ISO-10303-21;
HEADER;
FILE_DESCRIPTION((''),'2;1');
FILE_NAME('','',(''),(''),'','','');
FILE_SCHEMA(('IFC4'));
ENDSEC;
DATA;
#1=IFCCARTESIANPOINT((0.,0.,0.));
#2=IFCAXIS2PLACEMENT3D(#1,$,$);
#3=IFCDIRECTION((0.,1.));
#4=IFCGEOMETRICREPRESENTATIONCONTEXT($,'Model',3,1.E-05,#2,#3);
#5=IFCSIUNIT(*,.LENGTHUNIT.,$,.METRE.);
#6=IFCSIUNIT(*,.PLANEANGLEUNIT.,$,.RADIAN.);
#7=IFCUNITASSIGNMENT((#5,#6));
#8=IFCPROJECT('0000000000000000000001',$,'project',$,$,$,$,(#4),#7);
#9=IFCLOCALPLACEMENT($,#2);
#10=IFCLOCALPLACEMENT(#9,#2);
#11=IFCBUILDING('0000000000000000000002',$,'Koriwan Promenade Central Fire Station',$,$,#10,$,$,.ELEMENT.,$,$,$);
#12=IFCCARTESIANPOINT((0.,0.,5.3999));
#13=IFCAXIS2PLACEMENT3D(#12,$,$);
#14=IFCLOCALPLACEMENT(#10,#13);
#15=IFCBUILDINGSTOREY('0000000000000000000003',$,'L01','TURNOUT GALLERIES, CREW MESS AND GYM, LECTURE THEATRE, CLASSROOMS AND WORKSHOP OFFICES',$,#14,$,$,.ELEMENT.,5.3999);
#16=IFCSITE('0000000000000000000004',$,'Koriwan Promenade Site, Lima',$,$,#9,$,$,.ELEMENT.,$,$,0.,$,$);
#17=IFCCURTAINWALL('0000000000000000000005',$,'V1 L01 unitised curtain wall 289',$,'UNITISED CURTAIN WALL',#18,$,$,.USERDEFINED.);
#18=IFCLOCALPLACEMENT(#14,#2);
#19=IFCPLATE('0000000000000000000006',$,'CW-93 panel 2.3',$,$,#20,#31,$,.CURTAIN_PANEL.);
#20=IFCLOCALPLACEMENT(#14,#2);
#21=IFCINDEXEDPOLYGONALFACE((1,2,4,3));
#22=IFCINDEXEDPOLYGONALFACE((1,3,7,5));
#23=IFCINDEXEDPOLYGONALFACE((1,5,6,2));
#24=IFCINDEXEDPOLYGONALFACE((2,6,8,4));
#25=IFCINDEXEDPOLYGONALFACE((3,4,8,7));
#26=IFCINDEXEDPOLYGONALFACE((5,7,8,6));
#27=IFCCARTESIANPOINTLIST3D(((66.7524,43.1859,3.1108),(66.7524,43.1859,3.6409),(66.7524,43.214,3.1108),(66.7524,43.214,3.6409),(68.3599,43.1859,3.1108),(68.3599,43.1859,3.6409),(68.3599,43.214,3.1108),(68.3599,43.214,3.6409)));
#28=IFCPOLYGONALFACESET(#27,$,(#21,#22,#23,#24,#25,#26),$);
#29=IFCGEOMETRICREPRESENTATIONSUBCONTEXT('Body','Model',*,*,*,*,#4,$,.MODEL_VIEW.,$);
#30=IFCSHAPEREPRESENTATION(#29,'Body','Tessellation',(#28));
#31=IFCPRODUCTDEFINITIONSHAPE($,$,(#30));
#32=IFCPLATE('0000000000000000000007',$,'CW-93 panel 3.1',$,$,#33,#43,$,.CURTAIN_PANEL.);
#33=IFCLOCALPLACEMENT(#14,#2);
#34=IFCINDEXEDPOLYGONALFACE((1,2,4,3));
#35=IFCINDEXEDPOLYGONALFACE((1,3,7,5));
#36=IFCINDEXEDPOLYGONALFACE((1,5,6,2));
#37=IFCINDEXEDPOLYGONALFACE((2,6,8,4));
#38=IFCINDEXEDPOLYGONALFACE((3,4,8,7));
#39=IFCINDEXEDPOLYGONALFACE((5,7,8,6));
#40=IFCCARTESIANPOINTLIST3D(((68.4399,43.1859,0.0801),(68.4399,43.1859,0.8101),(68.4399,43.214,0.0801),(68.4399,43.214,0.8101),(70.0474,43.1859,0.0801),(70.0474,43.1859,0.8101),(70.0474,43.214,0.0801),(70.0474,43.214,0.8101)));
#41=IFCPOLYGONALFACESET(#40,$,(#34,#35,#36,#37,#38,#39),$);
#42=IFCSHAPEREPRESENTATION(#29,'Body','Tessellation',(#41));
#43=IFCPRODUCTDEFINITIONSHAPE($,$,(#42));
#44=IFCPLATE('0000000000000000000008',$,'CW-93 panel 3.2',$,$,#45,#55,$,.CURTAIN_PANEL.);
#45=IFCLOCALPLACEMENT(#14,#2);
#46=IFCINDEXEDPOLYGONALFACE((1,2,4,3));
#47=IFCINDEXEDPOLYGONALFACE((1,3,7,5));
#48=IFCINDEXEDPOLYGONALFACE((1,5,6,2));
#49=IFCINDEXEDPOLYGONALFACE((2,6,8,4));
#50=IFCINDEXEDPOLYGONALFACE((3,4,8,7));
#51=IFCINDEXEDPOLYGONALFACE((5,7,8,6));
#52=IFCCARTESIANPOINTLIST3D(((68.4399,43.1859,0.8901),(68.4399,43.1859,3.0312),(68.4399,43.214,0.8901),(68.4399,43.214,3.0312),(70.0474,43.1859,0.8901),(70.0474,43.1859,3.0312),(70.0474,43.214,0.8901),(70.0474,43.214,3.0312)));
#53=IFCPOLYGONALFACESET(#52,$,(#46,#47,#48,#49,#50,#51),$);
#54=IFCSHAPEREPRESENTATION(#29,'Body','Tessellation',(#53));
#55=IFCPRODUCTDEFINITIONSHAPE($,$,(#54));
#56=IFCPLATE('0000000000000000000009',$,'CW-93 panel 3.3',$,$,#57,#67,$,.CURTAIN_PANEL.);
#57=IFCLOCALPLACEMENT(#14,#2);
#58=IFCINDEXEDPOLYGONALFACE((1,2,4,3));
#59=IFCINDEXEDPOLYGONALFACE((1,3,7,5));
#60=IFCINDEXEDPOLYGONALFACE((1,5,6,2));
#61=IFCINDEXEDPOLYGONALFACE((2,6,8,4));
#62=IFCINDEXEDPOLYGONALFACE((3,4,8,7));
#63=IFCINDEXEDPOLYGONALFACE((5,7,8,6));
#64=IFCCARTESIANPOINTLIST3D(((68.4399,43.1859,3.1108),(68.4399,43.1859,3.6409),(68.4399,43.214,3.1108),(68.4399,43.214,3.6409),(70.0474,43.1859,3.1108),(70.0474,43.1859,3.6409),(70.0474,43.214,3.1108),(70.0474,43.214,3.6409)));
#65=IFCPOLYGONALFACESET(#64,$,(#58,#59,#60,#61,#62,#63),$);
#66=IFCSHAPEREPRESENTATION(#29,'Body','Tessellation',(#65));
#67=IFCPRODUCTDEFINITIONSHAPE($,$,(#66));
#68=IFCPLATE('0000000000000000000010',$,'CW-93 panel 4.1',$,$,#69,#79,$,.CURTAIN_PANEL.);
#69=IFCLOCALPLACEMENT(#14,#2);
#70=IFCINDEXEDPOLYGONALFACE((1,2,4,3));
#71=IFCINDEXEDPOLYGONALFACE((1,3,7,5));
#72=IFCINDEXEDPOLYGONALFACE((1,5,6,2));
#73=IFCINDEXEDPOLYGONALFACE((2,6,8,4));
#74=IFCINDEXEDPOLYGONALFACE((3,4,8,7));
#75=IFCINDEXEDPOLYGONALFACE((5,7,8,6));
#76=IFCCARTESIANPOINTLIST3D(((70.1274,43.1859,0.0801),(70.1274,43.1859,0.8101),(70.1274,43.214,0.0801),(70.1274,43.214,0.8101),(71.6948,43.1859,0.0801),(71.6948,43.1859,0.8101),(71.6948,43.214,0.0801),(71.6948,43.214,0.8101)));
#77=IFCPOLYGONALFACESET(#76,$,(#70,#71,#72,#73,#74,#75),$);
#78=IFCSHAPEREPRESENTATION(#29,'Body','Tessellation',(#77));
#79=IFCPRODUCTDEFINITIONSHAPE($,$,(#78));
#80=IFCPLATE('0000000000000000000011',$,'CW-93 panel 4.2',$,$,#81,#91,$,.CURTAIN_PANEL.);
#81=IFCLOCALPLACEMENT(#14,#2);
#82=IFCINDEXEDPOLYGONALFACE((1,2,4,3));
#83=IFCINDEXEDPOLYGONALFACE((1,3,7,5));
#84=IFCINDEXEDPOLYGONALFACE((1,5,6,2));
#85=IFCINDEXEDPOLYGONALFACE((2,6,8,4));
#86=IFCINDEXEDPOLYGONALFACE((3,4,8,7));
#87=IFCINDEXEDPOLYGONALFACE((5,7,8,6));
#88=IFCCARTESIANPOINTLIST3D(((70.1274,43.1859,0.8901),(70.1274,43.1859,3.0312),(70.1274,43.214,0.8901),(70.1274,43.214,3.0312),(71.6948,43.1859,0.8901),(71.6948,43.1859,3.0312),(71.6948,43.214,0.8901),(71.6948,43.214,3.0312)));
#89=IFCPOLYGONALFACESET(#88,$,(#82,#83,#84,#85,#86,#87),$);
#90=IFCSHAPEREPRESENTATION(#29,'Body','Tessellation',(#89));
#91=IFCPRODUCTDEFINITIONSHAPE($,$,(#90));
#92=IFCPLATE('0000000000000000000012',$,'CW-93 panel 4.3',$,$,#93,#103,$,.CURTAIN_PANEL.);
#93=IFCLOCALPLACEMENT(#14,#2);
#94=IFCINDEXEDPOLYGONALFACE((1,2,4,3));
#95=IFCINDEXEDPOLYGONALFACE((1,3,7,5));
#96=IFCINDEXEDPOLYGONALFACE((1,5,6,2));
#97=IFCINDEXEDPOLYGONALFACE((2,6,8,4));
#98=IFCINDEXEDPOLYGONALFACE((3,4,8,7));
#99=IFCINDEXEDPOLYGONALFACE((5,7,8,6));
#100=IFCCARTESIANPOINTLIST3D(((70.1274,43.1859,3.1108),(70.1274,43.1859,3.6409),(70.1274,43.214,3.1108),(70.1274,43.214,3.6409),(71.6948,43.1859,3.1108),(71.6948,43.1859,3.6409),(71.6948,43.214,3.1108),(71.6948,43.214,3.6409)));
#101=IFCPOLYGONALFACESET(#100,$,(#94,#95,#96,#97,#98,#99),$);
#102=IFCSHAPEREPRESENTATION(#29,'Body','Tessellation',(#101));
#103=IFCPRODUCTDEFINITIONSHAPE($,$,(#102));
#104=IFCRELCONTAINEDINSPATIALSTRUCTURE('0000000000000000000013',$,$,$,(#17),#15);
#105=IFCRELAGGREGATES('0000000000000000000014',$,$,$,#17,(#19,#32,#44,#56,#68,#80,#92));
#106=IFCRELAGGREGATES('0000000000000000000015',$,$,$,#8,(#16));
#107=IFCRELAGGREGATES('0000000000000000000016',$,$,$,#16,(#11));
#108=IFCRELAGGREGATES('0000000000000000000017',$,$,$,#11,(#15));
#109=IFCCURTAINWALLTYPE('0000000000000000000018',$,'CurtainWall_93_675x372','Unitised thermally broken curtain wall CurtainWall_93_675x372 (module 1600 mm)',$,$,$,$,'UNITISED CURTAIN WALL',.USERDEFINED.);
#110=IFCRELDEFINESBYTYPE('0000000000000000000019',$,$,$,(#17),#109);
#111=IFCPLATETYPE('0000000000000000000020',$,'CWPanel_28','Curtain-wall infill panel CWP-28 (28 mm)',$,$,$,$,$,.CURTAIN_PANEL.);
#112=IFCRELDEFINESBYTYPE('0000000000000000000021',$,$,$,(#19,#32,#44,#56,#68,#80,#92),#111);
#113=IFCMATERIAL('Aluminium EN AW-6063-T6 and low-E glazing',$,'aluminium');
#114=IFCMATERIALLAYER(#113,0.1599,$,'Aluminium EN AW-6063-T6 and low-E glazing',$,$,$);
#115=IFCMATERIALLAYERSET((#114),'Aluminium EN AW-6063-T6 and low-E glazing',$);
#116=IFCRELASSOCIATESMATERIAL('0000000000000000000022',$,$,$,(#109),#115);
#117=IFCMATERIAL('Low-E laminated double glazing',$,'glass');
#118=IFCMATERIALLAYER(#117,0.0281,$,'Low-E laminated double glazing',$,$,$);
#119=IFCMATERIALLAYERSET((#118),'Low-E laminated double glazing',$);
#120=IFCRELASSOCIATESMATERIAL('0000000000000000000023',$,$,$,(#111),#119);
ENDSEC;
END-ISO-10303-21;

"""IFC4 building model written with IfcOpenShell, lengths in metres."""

from ifc_helpers import new_model, si_unit, direction, frame, origin, origin_2d, place, context, subcontext, project, spatial, rectangle, extrude, material, layer, layer_set, type_object, element, aggregate, save


model = new_model("IFC4")

# Units and contexts
model_context = context("Model", 3, precision=1e-05, world=origin(), true_north=direction((0.0, 1.0)))
body_context = subcontext(model_context, "Body", "Model", "MODEL_VIEW")
ifc_project = project(units=[si_unit("LENGTHUNIT", "METRE"), si_unit("PLANEANGLEUNIT", "RADIAN")], contexts=[model_context])

# Site, building, storey
site_placement = place(None, origin())
site = spatial("IfcSite", under=ifc_project, at=site_placement, Name="Koriwan Promenade Site, Lima", CompositionType="ELEMENT", RefElevation=0.0)
building_placement = place(site_placement, origin())
building = spatial("IfcBuilding", under=site, at=building_placement, Name="Koriwan Promenade Central Fire Station", CompositionType="ELEMENT")
storey_placement = place(building_placement, frame((0.0, 0.0, 5.3999)))
storey = spatial("IfcBuildingStorey", under=building, at=storey_placement, Name="L01", Description="TURNOUT GALLERIES, CREW MESS AND GYM, LECTURE THEATRE, CLASSROOMS AND WORKSHOP OFFICES", CompositionType="ELEMENT", Elevation=5.3999)

# Curtain wall
ifc_material_1 = material(Name="Aluminium EN AW-6063-T6 and low-E glazing", Category="aluminium")
ifc_layer_1 = layer(ifc_material_1, 0.1599, Name="Aluminium EN AW-6063-T6 and low-E glazing")
ifc_layer_set_1 = layer_set([ifc_layer_1], Name="Aluminium EN AW-6063-T6 and low-E glazing")
curtain_wall_type = type_object("IfcCurtainWallType", Name="CurtainWall_93_675x372", Description="Unitised thermally broken curtain wall CurtainWall_93_675x372 (module 1600 mm)", ElementType="UNITISED CURTAIN WALL", PredefinedType="USERDEFINED", material=ifc_layer_set_1)
curtain_wall_placement = place(storey_placement, origin())
curtain_wall = element("IfcCurtainWall", 1, at=curtain_wall_placement, inside=storey, type_object=curtain_wall_type, Name="V1 L01 unitised curtain wall 289", ObjectType="UNITISED CURTAIN WALL", PredefinedType="USERDEFINED")

# Plates
ifc_material_2 = material(Name="Low-E laminated double glazing", Category="glass")
ifc_layer_2 = layer(ifc_material_2, 0.0281, Name="Low-E laminated double glazing")
ifc_layer_set_2 = layer_set([ifc_layer_2], Name="Low-E laminated double glazing")
plate_type = type_object("IfcPlateType", Name="CWPanel_28", Description="Curtain-wall infill panel CWP-28 (28 mm)", PredefinedType="CURTAIN_PANEL", material=ifc_layer_set_2)
plate_1_placement = place(storey_placement, frame((67.5562, 43.2, 3.1108), z_axis=(0.0, 0.0, 1.0), x_axis=(1.0, 0.0, 0.0)))
plate_1 = element("IfcPlate", 2, at=plate_1_placement, type_object=plate_type, Name="CW-93 panel 2.3", PredefinedType="CURTAIN_PANEL", context=body_context, shape_type="SweptSolid", body=[
    extrude(rectangle(XDim=1.6074, YDim=0.0281, at=origin_2d()), origin(), (0.0, 0.0, 1.0), 0.53),
])
plate_2_placement = place(storey_placement, frame((69.2437, 43.2, 0.0801), z_axis=(0.0, 0.0, 1.0), x_axis=(1.0, 0.0, 0.0)))
plate_2 = element("IfcPlate", 3, at=plate_2_placement, type_object=plate_type, Name="CW-93 panel 3.1", PredefinedType="CURTAIN_PANEL", context=body_context, shape_type="SweptSolid", body=[
    extrude(rectangle(XDim=1.6074, YDim=0.0281, at=origin_2d()), origin(), (0.0, 0.0, 1.0), 0.73),
])
plate_3_placement = place(storey_placement, frame((69.2437, 43.2, 0.8901), z_axis=(0.0, 0.0, 1.0), x_axis=(1.0, 0.0, 0.0)))
plate_3 = element("IfcPlate", 4, at=plate_3_placement, type_object=plate_type, Name="CW-93 panel 3.2", PredefinedType="CURTAIN_PANEL", context=body_context, shape_type="SweptSolid", body=[
    extrude(rectangle(XDim=1.6074, YDim=0.0281, at=origin_2d()), origin(), (0.0, 0.0, 1.0), 2.1411),
])
plate_4_placement = place(storey_placement, frame((69.2437, 43.2, 3.1108), z_axis=(0.0, 0.0, 1.0), x_axis=(1.0, 0.0, 0.0)))
plate_4 = element("IfcPlate", 5, at=plate_4_placement, type_object=plate_type, Name="CW-93 panel 3.3", PredefinedType="CURTAIN_PANEL", context=body_context, shape_type="SweptSolid", body=[
    extrude(rectangle(XDim=1.6074, YDim=0.0281, at=origin_2d()), origin(), (0.0, 0.0, 1.0), 0.53),
])
plate_5_placement = place(storey_placement, frame((70.9111, 43.2, 0.0801), z_axis=(0.0, 0.0, 1.0), x_axis=(1.0, 0.0, 0.0)))
plate_5 = element("IfcPlate", 6, at=plate_5_placement, type_object=plate_type, Name="CW-93 panel 4.1", PredefinedType="CURTAIN_PANEL", context=body_context, shape_type="SweptSolid", body=[
    extrude(rectangle(XDim=1.5674, YDim=0.0281, at=origin_2d()), origin(), (0.0, 0.0, 1.0), 0.73),
])
plate_6_placement = place(storey_placement, frame((70.9111, 43.2, 0.8901), z_axis=(0.0, 0.0, 1.0), x_axis=(1.0, 0.0, 0.0)))
plate_6 = element("IfcPlate", 7, at=plate_6_placement, type_object=plate_type, Name="CW-93 panel 4.2", PredefinedType="CURTAIN_PANEL", context=body_context, shape_type="SweptSolid", body=[
    extrude(rectangle(XDim=1.5674, YDim=0.0281, at=origin_2d()), origin(), (0.0, 0.0, 1.0), 2.1411),
])
plate_7_placement = place(storey_placement, frame((70.9111, 43.2, 3.1108), z_axis=(0.0, 0.0, 1.0), x_axis=(1.0, 0.0, 0.0)))
plate_7 = element("IfcPlate", 8, at=plate_7_placement, type_object=plate_type, Name="CW-93 panel 4.3", PredefinedType="CURTAIN_PANEL", context=body_context, shape_type="SweptSolid", body=[
    extrude(rectangle(XDim=1.5674, YDim=0.0281, at=origin_2d()), origin(), (0.0, 0.0, 1.0), 0.53),
])
aggregate(curtain_wall, [plate_1, plate_2, plate_3, plate_4, plate_5, plate_6, plate_7])

save(model, "model.ifc")
